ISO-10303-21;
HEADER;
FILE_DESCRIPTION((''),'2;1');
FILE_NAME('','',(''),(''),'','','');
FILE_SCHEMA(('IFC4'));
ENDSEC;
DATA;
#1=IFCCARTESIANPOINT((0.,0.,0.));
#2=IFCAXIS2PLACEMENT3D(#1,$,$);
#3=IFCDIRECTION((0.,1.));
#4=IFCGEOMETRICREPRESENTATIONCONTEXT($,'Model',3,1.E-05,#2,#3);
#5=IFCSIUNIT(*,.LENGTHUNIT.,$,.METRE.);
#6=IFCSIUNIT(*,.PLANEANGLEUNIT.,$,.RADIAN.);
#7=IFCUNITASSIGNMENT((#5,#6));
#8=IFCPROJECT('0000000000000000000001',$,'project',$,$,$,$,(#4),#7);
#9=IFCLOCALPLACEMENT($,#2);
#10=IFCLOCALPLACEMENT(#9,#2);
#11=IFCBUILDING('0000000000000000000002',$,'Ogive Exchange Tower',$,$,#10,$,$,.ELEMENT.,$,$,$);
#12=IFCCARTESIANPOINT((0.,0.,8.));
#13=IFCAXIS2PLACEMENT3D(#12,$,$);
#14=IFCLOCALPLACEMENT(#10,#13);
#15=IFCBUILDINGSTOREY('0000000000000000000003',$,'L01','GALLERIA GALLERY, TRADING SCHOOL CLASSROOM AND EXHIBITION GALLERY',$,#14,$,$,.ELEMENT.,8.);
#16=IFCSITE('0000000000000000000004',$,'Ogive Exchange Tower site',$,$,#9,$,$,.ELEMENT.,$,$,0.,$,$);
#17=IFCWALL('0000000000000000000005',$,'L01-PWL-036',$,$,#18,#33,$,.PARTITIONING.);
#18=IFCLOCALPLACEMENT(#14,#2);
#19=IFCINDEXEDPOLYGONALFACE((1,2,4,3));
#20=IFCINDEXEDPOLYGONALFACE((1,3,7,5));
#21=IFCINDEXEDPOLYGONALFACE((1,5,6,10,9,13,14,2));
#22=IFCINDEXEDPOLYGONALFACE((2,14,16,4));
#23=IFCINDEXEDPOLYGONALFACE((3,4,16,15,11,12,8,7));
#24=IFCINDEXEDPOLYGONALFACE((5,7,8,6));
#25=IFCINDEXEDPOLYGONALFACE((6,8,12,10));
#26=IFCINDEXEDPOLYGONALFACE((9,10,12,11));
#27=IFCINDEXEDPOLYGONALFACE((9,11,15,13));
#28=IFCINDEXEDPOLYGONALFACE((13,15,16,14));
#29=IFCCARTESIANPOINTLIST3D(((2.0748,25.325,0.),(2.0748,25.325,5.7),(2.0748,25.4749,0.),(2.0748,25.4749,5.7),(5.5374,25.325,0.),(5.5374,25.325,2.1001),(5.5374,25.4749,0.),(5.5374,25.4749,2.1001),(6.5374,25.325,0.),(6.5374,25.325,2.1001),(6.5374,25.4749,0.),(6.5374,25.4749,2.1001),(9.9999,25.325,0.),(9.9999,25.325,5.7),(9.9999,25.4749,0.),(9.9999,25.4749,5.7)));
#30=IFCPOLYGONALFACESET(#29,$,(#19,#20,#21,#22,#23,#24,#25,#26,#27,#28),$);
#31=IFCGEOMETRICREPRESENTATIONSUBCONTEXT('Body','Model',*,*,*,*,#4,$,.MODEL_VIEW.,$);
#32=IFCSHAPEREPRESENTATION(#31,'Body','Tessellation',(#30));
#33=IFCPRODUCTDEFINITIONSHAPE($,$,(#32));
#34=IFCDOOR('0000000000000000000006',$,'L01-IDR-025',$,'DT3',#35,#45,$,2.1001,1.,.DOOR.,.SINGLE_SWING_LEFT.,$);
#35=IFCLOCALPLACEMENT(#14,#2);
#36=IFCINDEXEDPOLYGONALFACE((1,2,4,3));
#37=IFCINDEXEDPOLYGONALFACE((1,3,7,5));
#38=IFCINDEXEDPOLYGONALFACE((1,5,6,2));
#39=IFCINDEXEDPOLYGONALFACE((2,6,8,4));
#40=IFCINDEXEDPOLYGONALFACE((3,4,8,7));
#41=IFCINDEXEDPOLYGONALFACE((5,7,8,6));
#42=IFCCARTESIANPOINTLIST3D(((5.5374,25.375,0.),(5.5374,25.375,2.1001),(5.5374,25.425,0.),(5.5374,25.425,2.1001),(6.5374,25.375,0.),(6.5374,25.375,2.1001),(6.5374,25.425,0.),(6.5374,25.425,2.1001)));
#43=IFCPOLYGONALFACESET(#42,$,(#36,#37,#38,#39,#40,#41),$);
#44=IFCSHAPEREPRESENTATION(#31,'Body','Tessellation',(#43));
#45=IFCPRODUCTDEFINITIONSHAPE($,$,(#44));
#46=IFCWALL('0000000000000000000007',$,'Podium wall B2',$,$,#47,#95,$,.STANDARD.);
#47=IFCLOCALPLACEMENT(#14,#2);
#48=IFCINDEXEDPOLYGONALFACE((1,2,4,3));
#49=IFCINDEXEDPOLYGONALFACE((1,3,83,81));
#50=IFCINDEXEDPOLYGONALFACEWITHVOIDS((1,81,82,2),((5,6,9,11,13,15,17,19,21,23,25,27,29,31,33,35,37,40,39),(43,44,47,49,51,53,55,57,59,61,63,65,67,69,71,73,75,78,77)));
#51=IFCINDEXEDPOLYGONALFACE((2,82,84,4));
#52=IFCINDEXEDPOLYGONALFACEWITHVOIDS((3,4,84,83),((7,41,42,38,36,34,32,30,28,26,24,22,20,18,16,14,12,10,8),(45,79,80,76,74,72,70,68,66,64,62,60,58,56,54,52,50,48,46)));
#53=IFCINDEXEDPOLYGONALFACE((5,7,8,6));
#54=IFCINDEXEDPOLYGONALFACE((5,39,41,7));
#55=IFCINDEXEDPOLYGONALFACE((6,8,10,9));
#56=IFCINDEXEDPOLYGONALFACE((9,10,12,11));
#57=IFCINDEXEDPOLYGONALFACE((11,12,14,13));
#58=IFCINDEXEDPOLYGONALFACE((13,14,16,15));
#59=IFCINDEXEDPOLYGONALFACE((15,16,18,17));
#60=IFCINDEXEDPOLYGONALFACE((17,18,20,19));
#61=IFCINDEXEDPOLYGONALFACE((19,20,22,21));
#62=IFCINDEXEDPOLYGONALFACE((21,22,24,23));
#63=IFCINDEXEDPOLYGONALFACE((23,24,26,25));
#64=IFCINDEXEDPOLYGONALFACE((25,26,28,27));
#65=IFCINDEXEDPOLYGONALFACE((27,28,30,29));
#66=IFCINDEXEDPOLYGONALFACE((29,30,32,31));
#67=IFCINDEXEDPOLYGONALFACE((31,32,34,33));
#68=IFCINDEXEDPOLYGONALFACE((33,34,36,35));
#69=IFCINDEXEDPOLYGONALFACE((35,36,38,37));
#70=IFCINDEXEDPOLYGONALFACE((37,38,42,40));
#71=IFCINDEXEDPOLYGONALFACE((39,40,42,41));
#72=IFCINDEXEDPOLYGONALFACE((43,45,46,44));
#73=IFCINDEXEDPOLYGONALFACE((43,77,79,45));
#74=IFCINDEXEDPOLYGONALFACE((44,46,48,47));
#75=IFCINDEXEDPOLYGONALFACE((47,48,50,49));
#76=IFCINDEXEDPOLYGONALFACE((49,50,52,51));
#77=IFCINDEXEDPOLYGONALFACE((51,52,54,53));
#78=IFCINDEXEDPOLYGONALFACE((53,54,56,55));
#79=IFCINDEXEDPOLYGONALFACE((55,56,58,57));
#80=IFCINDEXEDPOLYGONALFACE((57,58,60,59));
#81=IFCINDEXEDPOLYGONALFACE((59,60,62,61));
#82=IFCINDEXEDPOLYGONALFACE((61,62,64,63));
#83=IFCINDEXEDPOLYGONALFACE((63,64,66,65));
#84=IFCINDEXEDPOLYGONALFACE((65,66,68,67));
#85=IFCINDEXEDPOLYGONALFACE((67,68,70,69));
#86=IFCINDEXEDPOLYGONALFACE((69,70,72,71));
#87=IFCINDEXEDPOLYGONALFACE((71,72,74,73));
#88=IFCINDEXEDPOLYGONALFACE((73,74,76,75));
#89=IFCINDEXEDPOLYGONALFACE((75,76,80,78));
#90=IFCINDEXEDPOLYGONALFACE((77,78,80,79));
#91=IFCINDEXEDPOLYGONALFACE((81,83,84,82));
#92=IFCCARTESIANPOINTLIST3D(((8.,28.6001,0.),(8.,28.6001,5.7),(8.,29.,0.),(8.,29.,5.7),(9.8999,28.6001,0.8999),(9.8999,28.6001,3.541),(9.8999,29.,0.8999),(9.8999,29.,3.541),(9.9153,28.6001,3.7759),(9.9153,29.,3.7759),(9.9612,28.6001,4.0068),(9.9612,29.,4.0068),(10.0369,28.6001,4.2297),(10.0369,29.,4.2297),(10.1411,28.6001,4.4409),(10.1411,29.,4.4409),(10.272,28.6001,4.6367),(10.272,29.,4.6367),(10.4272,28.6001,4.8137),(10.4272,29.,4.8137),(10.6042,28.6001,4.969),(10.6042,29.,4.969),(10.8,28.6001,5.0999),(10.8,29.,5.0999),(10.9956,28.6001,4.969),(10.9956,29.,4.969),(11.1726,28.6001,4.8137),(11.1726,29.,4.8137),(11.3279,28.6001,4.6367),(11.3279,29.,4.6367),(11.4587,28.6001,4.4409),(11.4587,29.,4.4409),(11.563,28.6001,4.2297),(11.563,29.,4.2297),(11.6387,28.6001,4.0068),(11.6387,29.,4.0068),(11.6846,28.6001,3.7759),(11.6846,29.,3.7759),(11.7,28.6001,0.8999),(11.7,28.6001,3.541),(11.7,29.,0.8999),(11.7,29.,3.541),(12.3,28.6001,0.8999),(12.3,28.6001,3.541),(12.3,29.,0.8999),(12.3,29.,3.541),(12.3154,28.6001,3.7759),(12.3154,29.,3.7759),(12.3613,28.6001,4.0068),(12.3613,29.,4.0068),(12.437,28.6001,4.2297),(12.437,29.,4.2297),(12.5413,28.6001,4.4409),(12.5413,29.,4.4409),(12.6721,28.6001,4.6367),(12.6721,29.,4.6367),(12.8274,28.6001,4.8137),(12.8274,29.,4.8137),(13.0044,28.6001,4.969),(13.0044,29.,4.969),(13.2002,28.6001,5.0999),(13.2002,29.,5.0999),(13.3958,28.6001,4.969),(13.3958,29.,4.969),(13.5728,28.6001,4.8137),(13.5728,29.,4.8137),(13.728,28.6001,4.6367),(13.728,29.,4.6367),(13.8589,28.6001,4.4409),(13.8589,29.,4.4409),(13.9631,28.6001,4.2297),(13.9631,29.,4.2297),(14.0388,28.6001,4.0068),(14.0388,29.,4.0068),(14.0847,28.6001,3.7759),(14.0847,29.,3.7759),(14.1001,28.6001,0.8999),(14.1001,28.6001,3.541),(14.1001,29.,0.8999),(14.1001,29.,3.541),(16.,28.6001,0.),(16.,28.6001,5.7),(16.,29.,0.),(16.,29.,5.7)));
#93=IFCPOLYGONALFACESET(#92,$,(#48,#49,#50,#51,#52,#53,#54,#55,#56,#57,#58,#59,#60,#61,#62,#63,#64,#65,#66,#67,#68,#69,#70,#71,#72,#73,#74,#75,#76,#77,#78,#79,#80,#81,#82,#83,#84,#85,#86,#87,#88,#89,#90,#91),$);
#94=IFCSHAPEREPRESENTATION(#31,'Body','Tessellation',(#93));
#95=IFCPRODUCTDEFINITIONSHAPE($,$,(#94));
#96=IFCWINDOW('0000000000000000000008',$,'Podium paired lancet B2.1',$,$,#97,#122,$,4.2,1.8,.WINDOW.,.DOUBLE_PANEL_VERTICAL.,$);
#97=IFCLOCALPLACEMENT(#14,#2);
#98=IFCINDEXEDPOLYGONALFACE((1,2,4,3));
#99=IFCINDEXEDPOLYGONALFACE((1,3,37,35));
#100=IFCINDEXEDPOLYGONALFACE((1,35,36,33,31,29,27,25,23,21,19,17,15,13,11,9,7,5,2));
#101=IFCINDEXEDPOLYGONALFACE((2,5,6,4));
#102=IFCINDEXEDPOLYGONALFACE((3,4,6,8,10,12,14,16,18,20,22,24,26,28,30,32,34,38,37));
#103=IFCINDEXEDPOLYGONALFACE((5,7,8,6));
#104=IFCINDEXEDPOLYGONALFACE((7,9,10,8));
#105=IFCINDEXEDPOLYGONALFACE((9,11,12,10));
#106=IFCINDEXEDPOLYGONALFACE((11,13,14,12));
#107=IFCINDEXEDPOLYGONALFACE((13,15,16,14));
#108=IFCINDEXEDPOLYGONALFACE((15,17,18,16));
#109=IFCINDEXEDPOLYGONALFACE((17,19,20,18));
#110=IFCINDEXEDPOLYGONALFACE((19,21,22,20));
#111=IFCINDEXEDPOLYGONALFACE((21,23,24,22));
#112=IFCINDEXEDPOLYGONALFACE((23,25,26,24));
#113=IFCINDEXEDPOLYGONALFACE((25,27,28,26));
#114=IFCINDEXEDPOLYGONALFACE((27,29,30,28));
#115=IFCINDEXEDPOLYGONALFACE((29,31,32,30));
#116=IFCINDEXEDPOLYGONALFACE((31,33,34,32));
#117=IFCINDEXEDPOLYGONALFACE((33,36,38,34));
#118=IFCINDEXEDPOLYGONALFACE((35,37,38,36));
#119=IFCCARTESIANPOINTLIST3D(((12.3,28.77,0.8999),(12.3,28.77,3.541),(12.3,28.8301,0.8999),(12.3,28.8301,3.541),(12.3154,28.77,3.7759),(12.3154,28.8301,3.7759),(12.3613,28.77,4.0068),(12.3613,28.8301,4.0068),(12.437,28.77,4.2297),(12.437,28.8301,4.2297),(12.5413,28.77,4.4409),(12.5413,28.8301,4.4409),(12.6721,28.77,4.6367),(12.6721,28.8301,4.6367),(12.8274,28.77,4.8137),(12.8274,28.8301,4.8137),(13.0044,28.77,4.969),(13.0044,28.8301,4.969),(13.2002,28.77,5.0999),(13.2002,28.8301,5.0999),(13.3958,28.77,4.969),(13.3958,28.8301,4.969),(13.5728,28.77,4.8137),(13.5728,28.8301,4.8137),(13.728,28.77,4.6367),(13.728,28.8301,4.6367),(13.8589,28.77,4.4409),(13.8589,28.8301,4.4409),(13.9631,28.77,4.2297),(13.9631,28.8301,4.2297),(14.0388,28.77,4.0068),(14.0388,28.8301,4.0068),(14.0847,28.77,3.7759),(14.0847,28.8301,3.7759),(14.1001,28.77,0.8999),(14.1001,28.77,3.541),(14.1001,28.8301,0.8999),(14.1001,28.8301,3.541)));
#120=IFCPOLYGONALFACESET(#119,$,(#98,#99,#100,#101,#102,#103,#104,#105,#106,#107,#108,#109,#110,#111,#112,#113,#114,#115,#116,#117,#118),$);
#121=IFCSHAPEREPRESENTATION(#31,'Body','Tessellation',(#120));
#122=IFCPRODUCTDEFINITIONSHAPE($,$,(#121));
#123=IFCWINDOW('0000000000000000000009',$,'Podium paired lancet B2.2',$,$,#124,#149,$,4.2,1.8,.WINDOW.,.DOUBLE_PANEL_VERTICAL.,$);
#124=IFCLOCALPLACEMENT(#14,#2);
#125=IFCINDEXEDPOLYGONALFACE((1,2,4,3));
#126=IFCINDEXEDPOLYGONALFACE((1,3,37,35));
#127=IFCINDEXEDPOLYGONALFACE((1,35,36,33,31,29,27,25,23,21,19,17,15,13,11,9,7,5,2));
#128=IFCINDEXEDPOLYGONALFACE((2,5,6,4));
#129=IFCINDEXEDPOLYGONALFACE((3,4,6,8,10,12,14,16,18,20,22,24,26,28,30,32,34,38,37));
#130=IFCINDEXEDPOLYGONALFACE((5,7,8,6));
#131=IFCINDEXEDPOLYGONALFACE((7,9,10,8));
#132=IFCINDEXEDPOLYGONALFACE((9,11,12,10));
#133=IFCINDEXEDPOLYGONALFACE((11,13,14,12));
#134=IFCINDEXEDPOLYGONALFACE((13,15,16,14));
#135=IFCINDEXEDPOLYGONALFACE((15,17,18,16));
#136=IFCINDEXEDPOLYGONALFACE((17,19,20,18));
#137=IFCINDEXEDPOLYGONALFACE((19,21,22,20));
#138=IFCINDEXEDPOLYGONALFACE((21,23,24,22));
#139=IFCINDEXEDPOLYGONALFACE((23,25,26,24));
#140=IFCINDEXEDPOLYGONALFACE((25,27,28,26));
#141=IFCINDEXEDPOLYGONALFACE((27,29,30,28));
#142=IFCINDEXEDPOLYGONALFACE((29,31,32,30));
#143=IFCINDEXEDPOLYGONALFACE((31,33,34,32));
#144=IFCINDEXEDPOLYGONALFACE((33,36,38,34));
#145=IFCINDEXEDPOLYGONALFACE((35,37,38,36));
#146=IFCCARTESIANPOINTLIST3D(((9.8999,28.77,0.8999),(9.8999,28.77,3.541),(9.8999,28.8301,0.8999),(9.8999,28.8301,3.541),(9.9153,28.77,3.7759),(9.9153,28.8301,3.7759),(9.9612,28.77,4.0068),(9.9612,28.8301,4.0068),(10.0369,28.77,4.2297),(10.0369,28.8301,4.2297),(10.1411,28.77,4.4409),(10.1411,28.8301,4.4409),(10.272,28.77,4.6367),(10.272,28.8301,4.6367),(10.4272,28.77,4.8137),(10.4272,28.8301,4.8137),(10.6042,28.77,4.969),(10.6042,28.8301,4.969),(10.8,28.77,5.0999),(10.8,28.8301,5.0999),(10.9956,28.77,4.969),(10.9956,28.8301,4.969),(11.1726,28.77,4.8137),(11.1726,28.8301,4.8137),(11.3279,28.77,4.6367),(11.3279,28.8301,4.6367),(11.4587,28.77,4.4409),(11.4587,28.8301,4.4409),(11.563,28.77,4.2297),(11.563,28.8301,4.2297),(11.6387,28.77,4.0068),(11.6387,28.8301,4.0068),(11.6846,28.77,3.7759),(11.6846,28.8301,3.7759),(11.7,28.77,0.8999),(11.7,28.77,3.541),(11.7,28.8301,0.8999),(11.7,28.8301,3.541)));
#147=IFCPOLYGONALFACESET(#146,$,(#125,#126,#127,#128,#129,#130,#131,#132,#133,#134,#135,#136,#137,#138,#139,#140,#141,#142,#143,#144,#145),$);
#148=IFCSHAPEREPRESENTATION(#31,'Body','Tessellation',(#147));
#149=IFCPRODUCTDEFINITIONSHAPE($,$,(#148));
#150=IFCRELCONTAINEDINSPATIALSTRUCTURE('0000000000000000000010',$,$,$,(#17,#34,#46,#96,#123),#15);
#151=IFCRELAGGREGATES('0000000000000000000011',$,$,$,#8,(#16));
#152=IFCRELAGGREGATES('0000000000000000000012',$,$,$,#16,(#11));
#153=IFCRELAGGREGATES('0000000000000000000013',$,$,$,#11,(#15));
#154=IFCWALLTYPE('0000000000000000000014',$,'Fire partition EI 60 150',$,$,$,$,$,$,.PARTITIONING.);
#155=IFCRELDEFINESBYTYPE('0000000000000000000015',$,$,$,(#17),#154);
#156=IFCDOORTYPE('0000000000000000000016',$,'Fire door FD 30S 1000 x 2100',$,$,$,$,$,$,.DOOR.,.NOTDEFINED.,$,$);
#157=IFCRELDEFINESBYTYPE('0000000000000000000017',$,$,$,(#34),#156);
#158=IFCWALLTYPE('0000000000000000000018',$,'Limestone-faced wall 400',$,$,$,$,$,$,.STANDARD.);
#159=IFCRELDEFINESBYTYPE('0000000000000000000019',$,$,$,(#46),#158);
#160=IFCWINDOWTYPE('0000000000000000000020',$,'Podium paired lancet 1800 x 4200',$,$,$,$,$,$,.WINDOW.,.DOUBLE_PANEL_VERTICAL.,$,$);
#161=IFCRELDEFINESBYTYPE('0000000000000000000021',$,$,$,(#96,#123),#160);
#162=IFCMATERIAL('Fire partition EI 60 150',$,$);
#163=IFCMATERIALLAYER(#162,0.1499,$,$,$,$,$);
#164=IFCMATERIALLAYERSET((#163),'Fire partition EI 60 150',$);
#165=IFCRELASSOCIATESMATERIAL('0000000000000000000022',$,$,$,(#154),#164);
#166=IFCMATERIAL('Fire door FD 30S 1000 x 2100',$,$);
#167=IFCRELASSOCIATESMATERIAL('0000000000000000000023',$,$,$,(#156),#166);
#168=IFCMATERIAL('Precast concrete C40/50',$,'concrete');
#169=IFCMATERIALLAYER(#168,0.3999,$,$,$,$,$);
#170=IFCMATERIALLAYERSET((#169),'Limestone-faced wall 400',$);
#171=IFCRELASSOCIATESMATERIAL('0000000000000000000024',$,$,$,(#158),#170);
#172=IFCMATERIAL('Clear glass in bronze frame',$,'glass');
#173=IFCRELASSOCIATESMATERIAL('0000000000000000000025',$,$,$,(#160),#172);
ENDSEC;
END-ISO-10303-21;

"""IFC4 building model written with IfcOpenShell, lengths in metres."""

from ifc_helpers import new_model, si_unit, direction, frame, frame_2d, origin, place, context, subcontext, project, spatial, polyline, rectangle, outline, extrude, material, layer, layer_set, type_object, element, fill, save


model = new_model("IFC4")

# Units and contexts
model_context = context("Model", 3, precision=1e-05, world=origin(), true_north=direction((0.0, 1.0)))
body_context = subcontext(model_context, "Body", "Model", "MODEL_VIEW")
ifc_project = project(units=[si_unit("LENGTHUNIT", "METRE"), si_unit("PLANEANGLEUNIT", "RADIAN")], contexts=[model_context])

# Site, building, storey
site_placement = place(None, origin())
site = spatial("IfcSite", under=ifc_project, at=site_placement, Name="Ogive Exchange Tower site", CompositionType="ELEMENT", RefElevation=0.0)
building_placement = place(site_placement, origin())
building = spatial("IfcBuilding", under=site, at=building_placement, Name="Ogive Exchange Tower", CompositionType="ELEMENT")
storey_placement = place(building_placement, frame((0.0, 0.0, 8.0)))
storey = spatial("IfcBuildingStorey", under=building, at=storey_placement, Name="L01", Description="GALLERIA GALLERY, TRADING SCHOOL CLASSROOM AND EXHIBITION GALLERY", CompositionType="ELEMENT", Elevation=8.0)

# Wall, opening, door
ifc_material_1 = material(Name="Fire partition EI 60 150")
ifc_layer_1 = layer(ifc_material_1, 0.1499)
ifc_layer_set_1 = layer_set([ifc_layer_1], Name="Fire partition EI 60 150")
wall_type_1 = type_object("IfcWallType", Name="Fire partition EI 60 150", PredefinedType="PARTITIONING", material=ifc_layer_set_1)
wall_1_placement = place(storey_placement, frame((2.075, 25.3999, 0.0), z_axis=(0.0, 0.0, 1.0), x_axis=(1.0, 0.0, 0.0)))
wall_1 = element("IfcWall", 1, at=wall_1_placement, inside=storey, type_object=wall_type_1, Name="L01-PWL-036", PredefinedType="PARTITIONING", context=body_context, shape_type="SweptSolid", body=[
    extrude(rectangle(XDim=7.925, YDim=0.1499, at=frame_2d((3.9624, 0.0))), origin(), (0.0, 0.0, 1.0), 5.7),
])
opening_1_placement = place(wall_1_placement, frame((3.4624, 0.0, 0.0)))
opening_1 = element("IfcOpeningElement", 2, at=opening_1_placement, cuts=wall_1, PredefinedType="OPENING", context=body_context, shape_type="SweptSolid", body=[
    extrude(rectangle(XDim=1.0, YDim=2.1001, at=frame_2d((0.5, 1.05))), frame((0.0, 0.085, 0.0), z_axis=(0.0, -1.0, 0.0), x_axis=(1.0, 0.0, 0.0)), (0.0, 0.0, 1.0), 0.1699),
])
ifc_material_2 = material(Name="Fire door FD 30S 1000 x 2100")
door_type = type_object("IfcDoorType", Name="Fire door FD 30S 1000 x 2100", OperationType="NOTDEFINED", PredefinedType="DOOR", material=ifc_material_2)
door_placement = place(opening_1_placement, frame((1.0, 0.0, 0.0), z_axis=(0.0, 0.0, 1.0), x_axis=(-1.0, 0.0, 0.0)))
door = element("IfcDoor", 3, at=door_placement, inside=storey, type_object=door_type, Name="L01-IDR-025", ObjectType="DT3", OperationType="SINGLE_SWING_LEFT", OverallHeight=2.1001, OverallWidth=1.0, PredefinedType="DOOR", context=body_context, shape_type="SweptSolid", body=[
    extrude(rectangle(XDim=1.0, YDim=2.1001, at=frame_2d((0.5, 1.05))), frame((0.0, 0.0249, 0.0), z_axis=(0.0, -1.0, 0.0), x_axis=(1.0, 0.0, 0.0)), (0.0, 0.0, 1.0), 0.05),
])
fill(opening_1, door)

# Wall, openings, windows
ifc_material_3 = material(Name="Precast concrete C40/50", Category="concrete")
ifc_layer_2 = layer(ifc_material_3, 0.3999)
ifc_layer_set_2 = layer_set([ifc_layer_2], Name="Limestone-faced wall 400")
wall_type_2 = type_object("IfcWallType", Name="Limestone-faced wall 400", PredefinedType="STANDARD", material=ifc_layer_set_2)
wall_2_placement = place(storey_placement, frame((16.0, 28.8, 0.0), z_axis=(0.0, 0.0, 1.0), x_axis=(-1.0, 0.0, 0.0)))
wall_2 = element("IfcWall", 4, at=wall_2_placement, inside=storey, type_object=wall_type_2, Name="Podium wall B2", PredefinedType="STANDARD", context=body_context, shape_type="SweptSolid", body=[
    extrude(rectangle(XDim=8.0, YDim=0.3999, at=frame_2d((4.0, 0.0))), origin(), (0.0, 0.0, 1.0), 5.7),
])
opening_2_placement = place(wall_2_placement, frame((1.8999, 0.0, 0.8999)))
opening_2 = element("IfcOpeningElement", 5, at=opening_2_placement, cuts=wall_2, PredefinedType="OPENING", context=body_context, shape_type="SweptSolid", body=[
    extrude(outline(polyline([(0.0, 0.0), (1.8, 0.0), (1.8, 2.6411), (1.7847, 2.876), (1.7388, 3.1069), (1.6631, 3.3298), (1.5588, 3.541), (1.428, 3.7368), (1.2727, 3.9138), (1.0957, 4.0691), (0.8999, 4.2), (0.7043, 4.0691), (0.5273, 3.9138), (0.3721, 3.7368), (0.2412, 3.541), (0.137, 3.3298), (0.0613, 3.1069), (0.0154, 2.876), (0.0, 2.6411), (0.0, 0.0)])), frame((0.0, 0.21, 0.0), z_axis=(0.0, -1.0, 0.0), x_axis=(1.0, 0.0, 0.0)), (0.0, 0.0, 1.0), 0.4199),
])
opening_3_placement = place(wall_2_placement, frame((4.3, 0.0, 0.8999)))
opening_3 = element("IfcOpeningElement", 6, at=opening_3_placement, cuts=wall_2, PredefinedType="OPENING", context=body_context, shape_type="SweptSolid", body=[
    extrude(outline(polyline([(0.0, 0.0), (1.8, 0.0), (1.8, 2.6411), (1.7847, 2.876), (1.7388, 3.1069), (1.6631, 3.3298), (1.5588, 3.541), (1.428, 3.7368), (1.2727, 3.9138), (1.0957, 4.0691), (0.8999, 4.2), (0.7043, 4.0691), (0.5273, 3.9138), (0.3721, 3.7368), (0.2412, 3.541), (0.137, 3.3298), (0.0613, 3.1069), (0.0154, 2.876), (0.0, 2.6411), (0.0, 0.0)])), frame((0.0, 0.21, 0.0), z_axis=(0.0, -1.0, 0.0), x_axis=(1.0, 0.0, 0.0)), (0.0, 0.0, 1.0), 0.4199),
])
ifc_material_4 = material(Name="Clear glass in bronze frame", Category="glass")
window_type = type_object("IfcWindowType", Name="Podium paired lancet 1800 x 4200", PartitioningType="DOUBLE_PANEL_VERTICAL", PredefinedType="WINDOW", material=ifc_material_4)
window_1_placement = place(opening_2_placement, origin())
window_1 = element("IfcWindow", 7, at=window_1_placement, inside=storey, type_object=window_type, Name="Podium paired lancet B2.1", OverallHeight=4.2, OverallWidth=1.8, PartitioningType="DOUBLE_PANEL_VERTICAL", PredefinedType="WINDOW", context=body_context, shape_type="SweptSolid", body=[
    extrude(outline(polyline([(0.0, 0.0), (1.8, 0.0), (1.8, 2.6411), (1.7847, 2.876), (1.7388, 3.1069), (1.6631, 3.3298), (1.5588, 3.541), (1.428, 3.7368), (1.2727, 3.9138), (1.0957, 4.0691), (0.8999, 4.2), (0.7043, 4.0691), (0.5273, 3.9138), (0.3721, 3.7368), (0.2412, 3.541), (0.137, 3.3298), (0.0613, 3.1069), (0.0154, 2.876), (0.0, 2.6411), (0.0, 0.0)])), frame((0.0, 0.03, 0.0), z_axis=(0.0, -1.0, 0.0), x_axis=(1.0, 0.0, 0.0)), (0.0, 0.0, 1.0), 0.0601),
])
fill(opening_2, window_1)
window_2_placement = place(opening_3_placement, origin())
window_2 = element("IfcWindow", 8, at=window_2_placement, inside=storey, type_object=window_type, Name="Podium paired lancet B2.2", OverallHeight=4.2, OverallWidth=1.8, PartitioningType="DOUBLE_PANEL_VERTICAL", PredefinedType="WINDOW", context=body_context, shape_type="SweptSolid", body=[
    extrude(outline(polyline([(0.0, 0.0), (1.8, 0.0), (1.8, 2.6411), (1.7847, 2.876), (1.7388, 3.1069), (1.6631, 3.3298), (1.5588, 3.541), (1.428, 3.7368), (1.2727, 3.9138), (1.0957, 4.0691), (0.8999, 4.2), (0.7043, 4.0691), (0.5273, 3.9138), (0.3721, 3.7368), (0.2412, 3.541), (0.137, 3.3298), (0.0613, 3.1069), (0.0154, 2.876), (0.0, 2.6411), (0.0, 0.0)])), frame((0.0, 0.03, 0.0), z_axis=(0.0, -1.0, 0.0), x_axis=(1.0, 0.0, 0.0)), (0.0, 0.0, 1.0), 0.0601),
])
fill(opening_3, window_2)

save(model, "model.ifc")
